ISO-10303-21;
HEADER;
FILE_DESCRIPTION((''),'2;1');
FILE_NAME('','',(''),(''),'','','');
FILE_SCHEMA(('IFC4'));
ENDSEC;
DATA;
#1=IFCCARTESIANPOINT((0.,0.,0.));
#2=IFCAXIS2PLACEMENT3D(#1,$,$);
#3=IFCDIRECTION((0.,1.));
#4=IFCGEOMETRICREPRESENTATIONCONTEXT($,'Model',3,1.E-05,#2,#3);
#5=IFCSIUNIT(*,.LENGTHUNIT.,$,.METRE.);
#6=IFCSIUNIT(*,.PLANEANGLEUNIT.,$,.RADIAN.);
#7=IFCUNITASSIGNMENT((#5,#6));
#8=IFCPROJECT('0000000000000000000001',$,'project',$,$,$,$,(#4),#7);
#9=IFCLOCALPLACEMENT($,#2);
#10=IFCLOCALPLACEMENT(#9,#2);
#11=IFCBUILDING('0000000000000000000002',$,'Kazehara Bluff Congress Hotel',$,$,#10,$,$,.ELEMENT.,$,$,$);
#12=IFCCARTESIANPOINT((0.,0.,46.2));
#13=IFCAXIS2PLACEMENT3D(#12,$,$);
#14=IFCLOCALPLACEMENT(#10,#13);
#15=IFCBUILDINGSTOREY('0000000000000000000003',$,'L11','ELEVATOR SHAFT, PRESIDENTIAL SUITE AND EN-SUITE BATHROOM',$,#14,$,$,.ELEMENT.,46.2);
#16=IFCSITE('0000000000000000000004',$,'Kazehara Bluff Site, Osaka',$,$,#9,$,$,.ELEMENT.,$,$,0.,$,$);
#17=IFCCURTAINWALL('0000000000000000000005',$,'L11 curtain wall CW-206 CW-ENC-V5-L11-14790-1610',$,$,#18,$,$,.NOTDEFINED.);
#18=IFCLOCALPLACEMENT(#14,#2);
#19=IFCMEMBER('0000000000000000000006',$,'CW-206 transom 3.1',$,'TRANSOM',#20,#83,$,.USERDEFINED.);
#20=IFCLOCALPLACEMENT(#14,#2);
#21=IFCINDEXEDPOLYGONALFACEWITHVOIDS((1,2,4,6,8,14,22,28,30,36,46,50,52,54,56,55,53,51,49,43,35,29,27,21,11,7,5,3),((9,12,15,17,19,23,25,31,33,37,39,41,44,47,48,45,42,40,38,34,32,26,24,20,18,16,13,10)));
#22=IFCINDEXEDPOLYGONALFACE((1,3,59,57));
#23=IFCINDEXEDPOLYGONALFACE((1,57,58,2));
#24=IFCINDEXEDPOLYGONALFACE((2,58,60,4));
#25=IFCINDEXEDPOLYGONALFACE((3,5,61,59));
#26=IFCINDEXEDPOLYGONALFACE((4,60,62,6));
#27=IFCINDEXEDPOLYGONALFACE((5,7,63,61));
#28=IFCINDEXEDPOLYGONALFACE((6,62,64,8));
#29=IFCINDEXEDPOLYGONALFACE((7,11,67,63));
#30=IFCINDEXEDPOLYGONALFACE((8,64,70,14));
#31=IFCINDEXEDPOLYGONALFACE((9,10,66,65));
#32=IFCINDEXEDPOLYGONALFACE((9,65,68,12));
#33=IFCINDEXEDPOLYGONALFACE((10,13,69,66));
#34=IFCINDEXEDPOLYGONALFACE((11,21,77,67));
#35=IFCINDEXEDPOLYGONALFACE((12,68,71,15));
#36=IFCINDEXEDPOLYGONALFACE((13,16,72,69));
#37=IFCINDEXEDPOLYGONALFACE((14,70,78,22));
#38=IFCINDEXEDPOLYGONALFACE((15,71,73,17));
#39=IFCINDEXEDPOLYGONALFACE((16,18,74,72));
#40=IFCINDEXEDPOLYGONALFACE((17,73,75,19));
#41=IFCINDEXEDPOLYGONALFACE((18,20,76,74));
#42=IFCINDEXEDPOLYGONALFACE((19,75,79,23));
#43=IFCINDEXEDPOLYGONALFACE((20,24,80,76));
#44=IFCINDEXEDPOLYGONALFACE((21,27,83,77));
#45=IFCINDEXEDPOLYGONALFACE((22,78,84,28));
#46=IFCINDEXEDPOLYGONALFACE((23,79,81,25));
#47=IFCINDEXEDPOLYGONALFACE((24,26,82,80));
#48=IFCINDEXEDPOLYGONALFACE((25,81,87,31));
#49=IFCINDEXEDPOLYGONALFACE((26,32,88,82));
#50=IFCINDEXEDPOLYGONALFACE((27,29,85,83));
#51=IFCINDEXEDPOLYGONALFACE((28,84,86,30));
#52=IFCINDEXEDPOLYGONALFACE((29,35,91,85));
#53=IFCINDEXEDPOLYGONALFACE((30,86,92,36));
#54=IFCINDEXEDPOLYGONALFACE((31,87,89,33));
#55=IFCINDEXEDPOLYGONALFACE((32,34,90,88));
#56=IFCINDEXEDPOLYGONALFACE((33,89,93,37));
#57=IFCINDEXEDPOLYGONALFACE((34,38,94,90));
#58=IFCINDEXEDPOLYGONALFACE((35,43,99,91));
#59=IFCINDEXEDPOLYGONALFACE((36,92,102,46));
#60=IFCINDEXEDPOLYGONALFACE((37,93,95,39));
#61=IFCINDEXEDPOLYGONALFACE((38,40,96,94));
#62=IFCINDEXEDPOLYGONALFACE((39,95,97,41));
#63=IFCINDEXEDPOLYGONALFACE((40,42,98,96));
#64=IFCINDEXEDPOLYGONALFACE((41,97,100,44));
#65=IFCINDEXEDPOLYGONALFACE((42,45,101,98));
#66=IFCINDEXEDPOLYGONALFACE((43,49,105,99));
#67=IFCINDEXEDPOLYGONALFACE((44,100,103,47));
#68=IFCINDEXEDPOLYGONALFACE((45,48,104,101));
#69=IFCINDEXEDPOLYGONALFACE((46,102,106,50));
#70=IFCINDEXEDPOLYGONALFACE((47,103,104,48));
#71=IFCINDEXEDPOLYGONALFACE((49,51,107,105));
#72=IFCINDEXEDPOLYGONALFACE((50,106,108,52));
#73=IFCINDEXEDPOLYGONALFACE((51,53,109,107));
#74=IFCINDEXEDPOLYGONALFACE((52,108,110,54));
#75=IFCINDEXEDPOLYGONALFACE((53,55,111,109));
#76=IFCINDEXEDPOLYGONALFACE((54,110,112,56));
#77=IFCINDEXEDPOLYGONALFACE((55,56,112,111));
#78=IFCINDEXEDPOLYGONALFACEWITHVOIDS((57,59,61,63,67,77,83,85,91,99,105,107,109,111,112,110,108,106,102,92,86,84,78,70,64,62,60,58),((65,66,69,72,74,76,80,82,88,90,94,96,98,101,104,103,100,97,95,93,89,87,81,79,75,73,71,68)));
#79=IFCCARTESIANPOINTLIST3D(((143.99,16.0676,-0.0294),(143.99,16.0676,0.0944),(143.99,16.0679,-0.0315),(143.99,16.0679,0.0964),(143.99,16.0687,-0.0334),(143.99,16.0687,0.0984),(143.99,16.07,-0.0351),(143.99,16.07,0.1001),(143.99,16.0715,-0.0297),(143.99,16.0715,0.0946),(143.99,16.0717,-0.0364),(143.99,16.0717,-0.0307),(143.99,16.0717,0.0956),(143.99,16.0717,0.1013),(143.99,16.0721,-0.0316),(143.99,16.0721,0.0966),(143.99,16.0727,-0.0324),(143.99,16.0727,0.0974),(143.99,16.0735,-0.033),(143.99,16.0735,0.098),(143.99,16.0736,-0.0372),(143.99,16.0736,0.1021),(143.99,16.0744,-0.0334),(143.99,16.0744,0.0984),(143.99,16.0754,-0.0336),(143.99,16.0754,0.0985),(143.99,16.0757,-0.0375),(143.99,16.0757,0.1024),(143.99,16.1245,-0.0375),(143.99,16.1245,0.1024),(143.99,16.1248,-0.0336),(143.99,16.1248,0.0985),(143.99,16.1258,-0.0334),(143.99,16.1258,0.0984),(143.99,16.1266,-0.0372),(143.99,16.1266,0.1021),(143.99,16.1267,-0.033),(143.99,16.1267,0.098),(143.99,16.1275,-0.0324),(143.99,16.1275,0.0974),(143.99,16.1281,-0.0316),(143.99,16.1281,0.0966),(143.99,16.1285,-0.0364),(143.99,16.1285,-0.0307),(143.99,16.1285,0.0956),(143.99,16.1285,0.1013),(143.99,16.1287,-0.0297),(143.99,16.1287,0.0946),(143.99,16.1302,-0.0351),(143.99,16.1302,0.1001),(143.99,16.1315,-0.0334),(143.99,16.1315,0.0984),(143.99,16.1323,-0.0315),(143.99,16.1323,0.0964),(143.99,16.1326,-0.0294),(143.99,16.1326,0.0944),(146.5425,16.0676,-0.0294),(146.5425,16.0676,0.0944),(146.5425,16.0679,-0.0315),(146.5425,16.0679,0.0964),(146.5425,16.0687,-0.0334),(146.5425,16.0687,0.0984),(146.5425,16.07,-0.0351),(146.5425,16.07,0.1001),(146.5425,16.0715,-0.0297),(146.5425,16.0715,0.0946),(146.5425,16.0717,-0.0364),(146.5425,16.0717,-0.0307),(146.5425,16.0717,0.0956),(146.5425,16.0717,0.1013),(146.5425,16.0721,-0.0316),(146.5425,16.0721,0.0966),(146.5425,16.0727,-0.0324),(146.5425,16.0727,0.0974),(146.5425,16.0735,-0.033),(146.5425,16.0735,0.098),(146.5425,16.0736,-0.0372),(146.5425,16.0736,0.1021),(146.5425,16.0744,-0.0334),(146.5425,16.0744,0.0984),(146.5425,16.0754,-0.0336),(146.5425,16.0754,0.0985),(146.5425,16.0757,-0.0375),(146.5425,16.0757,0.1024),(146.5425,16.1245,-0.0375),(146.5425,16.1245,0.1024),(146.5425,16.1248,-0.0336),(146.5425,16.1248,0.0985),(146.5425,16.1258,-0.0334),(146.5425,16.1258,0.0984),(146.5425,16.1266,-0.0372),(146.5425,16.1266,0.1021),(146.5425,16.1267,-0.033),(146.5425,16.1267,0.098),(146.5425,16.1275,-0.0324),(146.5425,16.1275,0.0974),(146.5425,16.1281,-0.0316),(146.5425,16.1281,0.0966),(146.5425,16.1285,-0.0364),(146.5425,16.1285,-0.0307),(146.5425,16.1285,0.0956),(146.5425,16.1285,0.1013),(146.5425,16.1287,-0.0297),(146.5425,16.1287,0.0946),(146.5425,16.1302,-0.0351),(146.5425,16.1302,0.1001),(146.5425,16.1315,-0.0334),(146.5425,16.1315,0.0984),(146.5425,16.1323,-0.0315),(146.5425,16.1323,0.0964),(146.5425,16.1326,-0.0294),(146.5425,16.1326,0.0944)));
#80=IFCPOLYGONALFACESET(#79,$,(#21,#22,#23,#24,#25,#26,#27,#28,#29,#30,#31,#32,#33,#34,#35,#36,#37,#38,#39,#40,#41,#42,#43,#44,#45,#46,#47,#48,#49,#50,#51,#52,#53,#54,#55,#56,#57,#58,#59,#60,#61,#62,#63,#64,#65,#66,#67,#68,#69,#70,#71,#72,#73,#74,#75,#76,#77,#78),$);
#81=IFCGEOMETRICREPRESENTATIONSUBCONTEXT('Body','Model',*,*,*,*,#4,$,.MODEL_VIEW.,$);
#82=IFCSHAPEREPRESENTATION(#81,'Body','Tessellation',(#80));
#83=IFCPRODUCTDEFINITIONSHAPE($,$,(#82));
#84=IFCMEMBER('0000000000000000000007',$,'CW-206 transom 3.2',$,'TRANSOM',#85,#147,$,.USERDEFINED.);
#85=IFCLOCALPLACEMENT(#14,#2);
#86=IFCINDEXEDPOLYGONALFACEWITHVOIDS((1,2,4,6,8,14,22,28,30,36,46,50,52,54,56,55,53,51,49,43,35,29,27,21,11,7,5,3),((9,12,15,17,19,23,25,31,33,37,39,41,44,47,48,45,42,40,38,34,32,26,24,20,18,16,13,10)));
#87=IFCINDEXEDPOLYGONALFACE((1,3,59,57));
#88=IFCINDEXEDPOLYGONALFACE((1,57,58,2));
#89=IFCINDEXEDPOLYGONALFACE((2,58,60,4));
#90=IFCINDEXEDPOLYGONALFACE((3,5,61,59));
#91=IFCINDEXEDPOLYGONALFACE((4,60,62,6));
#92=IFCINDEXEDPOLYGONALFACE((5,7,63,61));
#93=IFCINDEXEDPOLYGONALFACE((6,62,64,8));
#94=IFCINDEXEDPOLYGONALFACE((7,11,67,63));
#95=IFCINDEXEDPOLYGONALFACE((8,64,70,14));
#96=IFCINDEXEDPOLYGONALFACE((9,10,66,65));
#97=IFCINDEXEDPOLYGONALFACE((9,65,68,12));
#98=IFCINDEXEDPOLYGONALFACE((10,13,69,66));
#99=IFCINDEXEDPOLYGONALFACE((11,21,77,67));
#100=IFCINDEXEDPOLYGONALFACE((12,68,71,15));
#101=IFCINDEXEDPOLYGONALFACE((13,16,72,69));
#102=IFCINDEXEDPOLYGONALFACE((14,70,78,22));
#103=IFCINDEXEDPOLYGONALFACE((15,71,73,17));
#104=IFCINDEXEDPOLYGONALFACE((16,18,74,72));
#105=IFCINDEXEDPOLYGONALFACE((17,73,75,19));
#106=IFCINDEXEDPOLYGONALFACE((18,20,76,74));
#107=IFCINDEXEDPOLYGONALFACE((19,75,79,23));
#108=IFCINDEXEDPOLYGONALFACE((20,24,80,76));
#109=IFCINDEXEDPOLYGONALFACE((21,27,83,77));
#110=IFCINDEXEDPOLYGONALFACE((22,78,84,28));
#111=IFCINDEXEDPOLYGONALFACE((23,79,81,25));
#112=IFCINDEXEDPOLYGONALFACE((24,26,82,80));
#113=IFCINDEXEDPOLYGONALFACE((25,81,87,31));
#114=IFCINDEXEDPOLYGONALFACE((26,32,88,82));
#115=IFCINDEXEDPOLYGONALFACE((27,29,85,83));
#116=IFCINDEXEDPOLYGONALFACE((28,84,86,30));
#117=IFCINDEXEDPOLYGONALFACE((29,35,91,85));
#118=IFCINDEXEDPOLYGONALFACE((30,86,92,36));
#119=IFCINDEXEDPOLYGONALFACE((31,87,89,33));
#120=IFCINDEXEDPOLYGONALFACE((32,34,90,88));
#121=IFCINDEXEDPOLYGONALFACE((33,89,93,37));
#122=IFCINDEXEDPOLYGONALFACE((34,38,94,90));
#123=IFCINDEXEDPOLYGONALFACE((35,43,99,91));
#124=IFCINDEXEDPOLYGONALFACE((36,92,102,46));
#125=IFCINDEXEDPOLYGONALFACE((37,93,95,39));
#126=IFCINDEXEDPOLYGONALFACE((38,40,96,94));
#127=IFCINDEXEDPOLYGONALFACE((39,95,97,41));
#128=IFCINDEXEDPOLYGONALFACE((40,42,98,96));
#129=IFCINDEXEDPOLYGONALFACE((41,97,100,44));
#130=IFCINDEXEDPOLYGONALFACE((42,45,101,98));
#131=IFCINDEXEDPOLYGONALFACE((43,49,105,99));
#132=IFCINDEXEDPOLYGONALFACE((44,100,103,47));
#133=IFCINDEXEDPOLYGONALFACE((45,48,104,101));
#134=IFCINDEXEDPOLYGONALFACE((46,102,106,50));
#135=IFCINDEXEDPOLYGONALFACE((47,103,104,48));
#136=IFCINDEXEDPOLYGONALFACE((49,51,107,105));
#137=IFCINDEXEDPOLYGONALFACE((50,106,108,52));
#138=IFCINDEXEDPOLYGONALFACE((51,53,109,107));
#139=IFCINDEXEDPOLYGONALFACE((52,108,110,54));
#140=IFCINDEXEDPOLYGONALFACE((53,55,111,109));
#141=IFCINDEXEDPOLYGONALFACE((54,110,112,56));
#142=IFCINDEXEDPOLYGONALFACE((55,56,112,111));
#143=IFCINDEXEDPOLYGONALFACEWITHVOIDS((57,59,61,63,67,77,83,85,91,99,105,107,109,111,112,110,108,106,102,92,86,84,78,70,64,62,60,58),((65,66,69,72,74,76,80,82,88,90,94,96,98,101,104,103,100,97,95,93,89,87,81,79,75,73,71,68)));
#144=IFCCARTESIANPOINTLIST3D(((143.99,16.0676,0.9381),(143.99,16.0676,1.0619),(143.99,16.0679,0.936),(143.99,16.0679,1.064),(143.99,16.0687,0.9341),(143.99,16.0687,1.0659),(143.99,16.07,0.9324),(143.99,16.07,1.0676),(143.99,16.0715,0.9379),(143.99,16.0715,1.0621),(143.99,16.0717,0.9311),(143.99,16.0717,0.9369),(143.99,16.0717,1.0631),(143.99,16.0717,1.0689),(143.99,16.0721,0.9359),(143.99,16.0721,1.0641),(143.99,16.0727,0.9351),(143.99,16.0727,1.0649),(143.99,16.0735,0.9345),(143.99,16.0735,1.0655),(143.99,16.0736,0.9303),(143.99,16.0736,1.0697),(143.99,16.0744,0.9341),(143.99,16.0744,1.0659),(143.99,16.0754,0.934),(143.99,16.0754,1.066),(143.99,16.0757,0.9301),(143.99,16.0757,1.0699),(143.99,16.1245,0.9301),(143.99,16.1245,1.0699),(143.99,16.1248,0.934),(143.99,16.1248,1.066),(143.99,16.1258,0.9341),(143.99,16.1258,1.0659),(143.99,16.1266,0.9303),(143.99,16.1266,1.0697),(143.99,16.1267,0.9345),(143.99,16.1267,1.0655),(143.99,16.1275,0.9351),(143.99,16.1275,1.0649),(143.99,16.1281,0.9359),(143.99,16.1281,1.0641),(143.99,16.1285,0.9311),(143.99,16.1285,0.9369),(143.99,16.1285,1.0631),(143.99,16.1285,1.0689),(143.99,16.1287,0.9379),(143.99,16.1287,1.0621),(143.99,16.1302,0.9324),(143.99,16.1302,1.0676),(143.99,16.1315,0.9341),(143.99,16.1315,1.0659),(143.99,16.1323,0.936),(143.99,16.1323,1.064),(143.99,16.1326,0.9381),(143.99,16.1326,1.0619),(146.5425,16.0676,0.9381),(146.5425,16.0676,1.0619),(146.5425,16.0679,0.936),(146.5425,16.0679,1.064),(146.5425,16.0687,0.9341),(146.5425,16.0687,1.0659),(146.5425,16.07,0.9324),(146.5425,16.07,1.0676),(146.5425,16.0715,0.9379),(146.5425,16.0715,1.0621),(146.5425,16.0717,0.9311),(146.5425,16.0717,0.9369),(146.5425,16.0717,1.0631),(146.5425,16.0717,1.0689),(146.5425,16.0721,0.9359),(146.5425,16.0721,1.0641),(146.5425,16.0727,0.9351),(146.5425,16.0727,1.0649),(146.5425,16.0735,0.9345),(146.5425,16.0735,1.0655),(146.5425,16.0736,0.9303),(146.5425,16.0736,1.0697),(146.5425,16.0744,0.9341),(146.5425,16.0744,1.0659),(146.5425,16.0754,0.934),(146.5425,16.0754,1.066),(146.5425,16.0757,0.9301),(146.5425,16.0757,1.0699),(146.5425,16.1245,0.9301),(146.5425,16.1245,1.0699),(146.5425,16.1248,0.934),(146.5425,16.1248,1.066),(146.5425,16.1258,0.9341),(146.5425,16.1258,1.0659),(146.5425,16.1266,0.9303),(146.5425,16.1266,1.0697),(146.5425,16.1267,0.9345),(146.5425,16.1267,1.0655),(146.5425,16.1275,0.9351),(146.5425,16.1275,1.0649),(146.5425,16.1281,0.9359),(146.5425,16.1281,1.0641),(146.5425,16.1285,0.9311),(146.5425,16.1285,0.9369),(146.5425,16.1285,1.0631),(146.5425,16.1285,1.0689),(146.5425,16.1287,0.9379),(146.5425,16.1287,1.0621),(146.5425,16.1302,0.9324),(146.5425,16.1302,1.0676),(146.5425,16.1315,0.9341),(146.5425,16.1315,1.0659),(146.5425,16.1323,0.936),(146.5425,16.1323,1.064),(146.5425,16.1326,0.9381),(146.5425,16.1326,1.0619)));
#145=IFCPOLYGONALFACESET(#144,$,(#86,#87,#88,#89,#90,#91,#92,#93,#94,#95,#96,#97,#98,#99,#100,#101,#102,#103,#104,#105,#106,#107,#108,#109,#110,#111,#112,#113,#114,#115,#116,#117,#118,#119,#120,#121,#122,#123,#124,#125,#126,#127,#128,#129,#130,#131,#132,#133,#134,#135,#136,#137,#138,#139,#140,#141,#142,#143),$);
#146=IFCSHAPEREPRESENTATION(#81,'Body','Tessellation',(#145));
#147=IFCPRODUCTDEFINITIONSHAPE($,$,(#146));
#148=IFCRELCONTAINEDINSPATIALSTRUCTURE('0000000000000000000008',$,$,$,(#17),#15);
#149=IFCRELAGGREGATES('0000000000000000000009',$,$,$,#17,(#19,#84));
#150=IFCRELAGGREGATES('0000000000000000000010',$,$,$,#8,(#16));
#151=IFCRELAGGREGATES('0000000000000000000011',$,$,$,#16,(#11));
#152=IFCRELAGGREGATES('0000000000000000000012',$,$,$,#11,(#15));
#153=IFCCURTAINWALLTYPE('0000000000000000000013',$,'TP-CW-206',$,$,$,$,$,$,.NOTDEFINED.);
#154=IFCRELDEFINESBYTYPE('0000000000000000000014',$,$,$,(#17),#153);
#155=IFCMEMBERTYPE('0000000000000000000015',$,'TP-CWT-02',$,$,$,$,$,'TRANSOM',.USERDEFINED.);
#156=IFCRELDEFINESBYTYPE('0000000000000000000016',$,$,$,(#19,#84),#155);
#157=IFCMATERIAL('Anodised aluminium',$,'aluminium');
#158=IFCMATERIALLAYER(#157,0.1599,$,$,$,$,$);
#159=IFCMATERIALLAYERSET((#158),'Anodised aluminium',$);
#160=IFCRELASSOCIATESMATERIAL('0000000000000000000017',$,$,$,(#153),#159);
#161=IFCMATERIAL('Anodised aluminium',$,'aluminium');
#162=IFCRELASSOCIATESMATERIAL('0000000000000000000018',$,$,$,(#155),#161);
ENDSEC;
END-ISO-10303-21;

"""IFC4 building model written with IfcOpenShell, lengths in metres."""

from ifc_helpers import new_model, si_unit, direction, frame, origin, origin_2d, place, context, subcontext, project, spatial, hollow_rectangle, extrude, material, layer, layer_set, material_profile, profile_set, type_object, element, aggregate, save


model = new_model("IFC4")

# Units and contexts
model_context = context("Model", 3, precision=1e-05, world=origin(), true_north=direction((0.0, 1.0)))
body_context = subcontext(model_context, "Body", "Model", "MODEL_VIEW")
ifc_project = project(units=[si_unit("LENGTHUNIT", "METRE"), si_unit("PLANEANGLEUNIT", "RADIAN")], contexts=[model_context])

# Site, building, storey
site_placement = place(None, origin())
site = spatial("IfcSite", under=ifc_project, at=site_placement, Name="Kazehara Bluff Site, Osaka", CompositionType="ELEMENT", RefElevation=0.0)
building_placement = place(site_placement, origin())
building = spatial("IfcBuilding", under=site, at=building_placement, Name="Kazehara Bluff Congress Hotel", CompositionType="ELEMENT")
storey_placement = place(building_placement, frame((0.0, 0.0, 46.2)))
storey = spatial("IfcBuildingStorey", under=building, at=storey_placement, Name="L11", Description="ELEVATOR SHAFT, PRESIDENTIAL SUITE AND EN-SUITE BATHROOM", CompositionType="ELEMENT", Elevation=46.2)

# Curtain wall, members
ifc_material_1 = material(Name="Anodised aluminium", Category="aluminium")
ifc_layer_1 = layer(ifc_material_1, 0.1599)
ifc_layer_set_1 = layer_set([ifc_layer_1], Name="Anodised aluminium")
curtain_wall_type = type_object("IfcCurtainWallType", Name="TP-CW-206", PredefinedType="NOTDEFINED", material=ifc_layer_set_1)
curtain_wall_placement = place(storey_placement, origin())
curtain_wall = element("IfcCurtainWall", 1, at=curtain_wall_placement, inside=storey, type_object=curtain_wall_type, Name="L11 curtain wall CW-206 CW-ENC-V5-L11-14790-1610", PredefinedType="NOTDEFINED")
ifc_material_2 = material(Name="Anodised aluminium", Category="aluminium")
ifc_material_profile_1 = material_profile(ifc_material_2, hollow_rectangle(XDim=0.0649, YDim=0.1399, WallThickness=0.0039, InnerFilletRadius=0.0039, OuterFilletRadius=0.0081, at=origin_2d()))
ifc_profile_set_1 = profile_set([ifc_material_profile_1], Name="Anodised aluminium")
member_type_1 = type_object("IfcMemberType", Name="TP-CWT-02", ElementType="TRANSOM", PredefinedType="USERDEFINED", material=ifc_profile_set_1)
member_1_placement = place(storey_placement, frame((146.5425, 16.1001, 0.0325), z_axis=(-1.0, 0.0, 0.0), x_axis=(0.0, -1.0, 0.0)))
member_1 = element("IfcMember", 2, at=member_1_placement, type_object=member_type_1, Name="CW-206 transom 3.1", ObjectType="TRANSOM", PredefinedType="USERDEFINED", context=body_context, shape_type="SweptSolid", body=[
    extrude(hollow_rectangle(XDim=0.0649, YDim=0.1399, WallThickness=0.0039, InnerFilletRadius=0.0039, OuterFilletRadius=0.0081, at=origin_2d()), origin(), (0.0, 0.0, 1.0), 2.5525),
])
member_2_placement = place(storey_placement, frame((146.5425, 16.1001, 1.0), z_axis=(-1.0, 0.0, 0.0), x_axis=(0.0, -1.0, 0.0)))
member_2 = element("IfcMember", 3, at=member_2_placement, type_object=member_type_1, Name="CW-206 transom 3.2", ObjectType="TRANSOM", PredefinedType="USERDEFINED", context=body_context, shape_type="SweptSolid", body=[
    extrude(hollow_rectangle(XDim=0.0649, YDim=0.1399, WallThickness=0.0039, InnerFilletRadius=0.0039, OuterFilletRadius=0.0081, at=origin_2d()), origin(), (0.0, 0.0, 1.0), 2.5525),
])
aggregate(curtain_wall, [member_1, member_2])

save(model, "model.ifc")
